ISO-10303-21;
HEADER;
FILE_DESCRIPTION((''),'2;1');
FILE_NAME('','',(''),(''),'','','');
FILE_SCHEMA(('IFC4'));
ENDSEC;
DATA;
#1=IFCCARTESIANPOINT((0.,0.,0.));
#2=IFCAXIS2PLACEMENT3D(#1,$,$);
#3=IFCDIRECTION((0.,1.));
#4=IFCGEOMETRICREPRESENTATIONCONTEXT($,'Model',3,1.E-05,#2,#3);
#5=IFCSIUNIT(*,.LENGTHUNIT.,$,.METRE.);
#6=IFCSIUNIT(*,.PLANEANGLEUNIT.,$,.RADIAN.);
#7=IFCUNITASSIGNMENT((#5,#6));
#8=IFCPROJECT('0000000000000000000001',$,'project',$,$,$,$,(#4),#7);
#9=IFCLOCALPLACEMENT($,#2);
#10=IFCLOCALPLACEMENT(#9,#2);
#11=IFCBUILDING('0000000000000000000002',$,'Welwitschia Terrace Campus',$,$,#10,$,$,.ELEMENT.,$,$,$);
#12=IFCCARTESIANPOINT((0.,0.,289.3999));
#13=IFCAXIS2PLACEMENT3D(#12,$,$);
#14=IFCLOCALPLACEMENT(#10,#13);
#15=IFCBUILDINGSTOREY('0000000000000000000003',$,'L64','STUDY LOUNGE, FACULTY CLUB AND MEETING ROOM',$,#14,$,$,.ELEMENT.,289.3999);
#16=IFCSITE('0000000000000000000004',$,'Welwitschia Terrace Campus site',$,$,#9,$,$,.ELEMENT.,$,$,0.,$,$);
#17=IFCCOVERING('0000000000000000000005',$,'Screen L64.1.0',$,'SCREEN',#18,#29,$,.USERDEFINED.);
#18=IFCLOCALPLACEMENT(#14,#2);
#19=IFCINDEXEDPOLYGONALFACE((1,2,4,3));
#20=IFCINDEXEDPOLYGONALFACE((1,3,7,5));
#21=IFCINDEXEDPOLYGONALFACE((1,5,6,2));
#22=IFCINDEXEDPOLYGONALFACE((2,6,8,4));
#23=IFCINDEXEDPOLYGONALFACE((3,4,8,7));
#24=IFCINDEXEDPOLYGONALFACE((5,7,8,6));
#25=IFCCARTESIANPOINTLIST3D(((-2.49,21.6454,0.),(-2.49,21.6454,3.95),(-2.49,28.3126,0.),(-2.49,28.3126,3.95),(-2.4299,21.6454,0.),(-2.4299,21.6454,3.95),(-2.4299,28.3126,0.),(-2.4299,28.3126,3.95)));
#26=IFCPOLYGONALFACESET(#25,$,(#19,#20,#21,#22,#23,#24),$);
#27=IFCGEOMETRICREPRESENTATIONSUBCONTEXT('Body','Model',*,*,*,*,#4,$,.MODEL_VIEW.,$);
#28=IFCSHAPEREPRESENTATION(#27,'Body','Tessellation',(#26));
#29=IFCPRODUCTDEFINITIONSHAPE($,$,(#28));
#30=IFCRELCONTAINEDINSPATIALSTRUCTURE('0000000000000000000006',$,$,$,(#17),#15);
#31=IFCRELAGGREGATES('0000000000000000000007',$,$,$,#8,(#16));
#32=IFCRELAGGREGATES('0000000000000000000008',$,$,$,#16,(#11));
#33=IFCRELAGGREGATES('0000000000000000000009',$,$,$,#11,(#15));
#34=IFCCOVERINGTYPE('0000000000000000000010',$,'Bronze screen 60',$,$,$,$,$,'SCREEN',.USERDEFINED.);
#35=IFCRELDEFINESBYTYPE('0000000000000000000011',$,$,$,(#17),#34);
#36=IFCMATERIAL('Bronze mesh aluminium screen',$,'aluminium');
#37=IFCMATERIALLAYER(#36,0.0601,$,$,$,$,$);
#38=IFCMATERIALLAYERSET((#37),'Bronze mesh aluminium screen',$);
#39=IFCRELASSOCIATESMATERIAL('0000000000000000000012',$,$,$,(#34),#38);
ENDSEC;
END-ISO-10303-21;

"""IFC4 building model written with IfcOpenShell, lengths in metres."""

from ifc_helpers import new_model, si_unit, direction, frame, origin, origin_2d, place, context, subcontext, project, spatial, rectangle, extrude, material, layer, layer_set, type_object, element, save


model = new_model("IFC4")

# Units and contexts
model_context = context("Model", 3, precision=1e-05, world=origin(), true_north=direction((0.0, 1.0)))
body_context = subcontext(model_context, "Body", "Model", "MODEL_VIEW")
ifc_project = project(units=[si_unit("LENGTHUNIT", "METRE"), si_unit("PLANEANGLEUNIT", "RADIAN")], contexts=[model_context])

# Site, building, storey
site_placement = place(None, origin())
site = spatial("IfcSite", under=ifc_project, at=site_placement, Name="Welwitschia Terrace Campus site", CompositionType="ELEMENT", RefElevation=0.0)
building_placement = place(site_placement, origin())
building = spatial("IfcBuilding", under=site, at=building_placement, Name="Welwitschia Terrace Campus", CompositionType="ELEMENT")
storey_placement = place(building_placement, frame((0.0, 0.0, 289.3999)))
storey = spatial("IfcBuildingStorey", under=building, at=storey_placement, Name="L64", Description="STUDY LOUNGE, FACULTY CLUB AND MEETING ROOM", CompositionType="ELEMENT", Elevation=289.3999)

# Covering
ifc_material_1 = material(Name="Bronze mesh aluminium screen", Category="aluminium")
ifc_layer_1 = layer(ifc_material_1, 0.0601)
ifc_layer_set_1 = layer_set([ifc_layer_1], Name="Bronze mesh aluminium screen")
covering_type = type_object("IfcCoveringType", Name="Bronze screen 60", ElementType="SCREEN", PredefinedType="USERDEFINED", material=ifc_layer_set_1)
covering_1_placement = place(storey_placement, frame((-2.46, 24.979, 0.0), z_axis=(0.0, 0.0, 1.0), x_axis=(0.0, -1.0, 0.0)))
element("IfcCovering", 1, at=covering_1_placement, inside=storey, type_object=covering_type, Name="Screen L64.1.0", ObjectType="SCREEN", PredefinedType="USERDEFINED", context=body_context, shape_type="SweptSolid", body=[
    extrude(rectangle(XDim=6.6672, YDim=0.0601, at=origin_2d()), origin(), (0.0, 0.0, 1.0), 3.95),
])

save(model, "model.ifc")
